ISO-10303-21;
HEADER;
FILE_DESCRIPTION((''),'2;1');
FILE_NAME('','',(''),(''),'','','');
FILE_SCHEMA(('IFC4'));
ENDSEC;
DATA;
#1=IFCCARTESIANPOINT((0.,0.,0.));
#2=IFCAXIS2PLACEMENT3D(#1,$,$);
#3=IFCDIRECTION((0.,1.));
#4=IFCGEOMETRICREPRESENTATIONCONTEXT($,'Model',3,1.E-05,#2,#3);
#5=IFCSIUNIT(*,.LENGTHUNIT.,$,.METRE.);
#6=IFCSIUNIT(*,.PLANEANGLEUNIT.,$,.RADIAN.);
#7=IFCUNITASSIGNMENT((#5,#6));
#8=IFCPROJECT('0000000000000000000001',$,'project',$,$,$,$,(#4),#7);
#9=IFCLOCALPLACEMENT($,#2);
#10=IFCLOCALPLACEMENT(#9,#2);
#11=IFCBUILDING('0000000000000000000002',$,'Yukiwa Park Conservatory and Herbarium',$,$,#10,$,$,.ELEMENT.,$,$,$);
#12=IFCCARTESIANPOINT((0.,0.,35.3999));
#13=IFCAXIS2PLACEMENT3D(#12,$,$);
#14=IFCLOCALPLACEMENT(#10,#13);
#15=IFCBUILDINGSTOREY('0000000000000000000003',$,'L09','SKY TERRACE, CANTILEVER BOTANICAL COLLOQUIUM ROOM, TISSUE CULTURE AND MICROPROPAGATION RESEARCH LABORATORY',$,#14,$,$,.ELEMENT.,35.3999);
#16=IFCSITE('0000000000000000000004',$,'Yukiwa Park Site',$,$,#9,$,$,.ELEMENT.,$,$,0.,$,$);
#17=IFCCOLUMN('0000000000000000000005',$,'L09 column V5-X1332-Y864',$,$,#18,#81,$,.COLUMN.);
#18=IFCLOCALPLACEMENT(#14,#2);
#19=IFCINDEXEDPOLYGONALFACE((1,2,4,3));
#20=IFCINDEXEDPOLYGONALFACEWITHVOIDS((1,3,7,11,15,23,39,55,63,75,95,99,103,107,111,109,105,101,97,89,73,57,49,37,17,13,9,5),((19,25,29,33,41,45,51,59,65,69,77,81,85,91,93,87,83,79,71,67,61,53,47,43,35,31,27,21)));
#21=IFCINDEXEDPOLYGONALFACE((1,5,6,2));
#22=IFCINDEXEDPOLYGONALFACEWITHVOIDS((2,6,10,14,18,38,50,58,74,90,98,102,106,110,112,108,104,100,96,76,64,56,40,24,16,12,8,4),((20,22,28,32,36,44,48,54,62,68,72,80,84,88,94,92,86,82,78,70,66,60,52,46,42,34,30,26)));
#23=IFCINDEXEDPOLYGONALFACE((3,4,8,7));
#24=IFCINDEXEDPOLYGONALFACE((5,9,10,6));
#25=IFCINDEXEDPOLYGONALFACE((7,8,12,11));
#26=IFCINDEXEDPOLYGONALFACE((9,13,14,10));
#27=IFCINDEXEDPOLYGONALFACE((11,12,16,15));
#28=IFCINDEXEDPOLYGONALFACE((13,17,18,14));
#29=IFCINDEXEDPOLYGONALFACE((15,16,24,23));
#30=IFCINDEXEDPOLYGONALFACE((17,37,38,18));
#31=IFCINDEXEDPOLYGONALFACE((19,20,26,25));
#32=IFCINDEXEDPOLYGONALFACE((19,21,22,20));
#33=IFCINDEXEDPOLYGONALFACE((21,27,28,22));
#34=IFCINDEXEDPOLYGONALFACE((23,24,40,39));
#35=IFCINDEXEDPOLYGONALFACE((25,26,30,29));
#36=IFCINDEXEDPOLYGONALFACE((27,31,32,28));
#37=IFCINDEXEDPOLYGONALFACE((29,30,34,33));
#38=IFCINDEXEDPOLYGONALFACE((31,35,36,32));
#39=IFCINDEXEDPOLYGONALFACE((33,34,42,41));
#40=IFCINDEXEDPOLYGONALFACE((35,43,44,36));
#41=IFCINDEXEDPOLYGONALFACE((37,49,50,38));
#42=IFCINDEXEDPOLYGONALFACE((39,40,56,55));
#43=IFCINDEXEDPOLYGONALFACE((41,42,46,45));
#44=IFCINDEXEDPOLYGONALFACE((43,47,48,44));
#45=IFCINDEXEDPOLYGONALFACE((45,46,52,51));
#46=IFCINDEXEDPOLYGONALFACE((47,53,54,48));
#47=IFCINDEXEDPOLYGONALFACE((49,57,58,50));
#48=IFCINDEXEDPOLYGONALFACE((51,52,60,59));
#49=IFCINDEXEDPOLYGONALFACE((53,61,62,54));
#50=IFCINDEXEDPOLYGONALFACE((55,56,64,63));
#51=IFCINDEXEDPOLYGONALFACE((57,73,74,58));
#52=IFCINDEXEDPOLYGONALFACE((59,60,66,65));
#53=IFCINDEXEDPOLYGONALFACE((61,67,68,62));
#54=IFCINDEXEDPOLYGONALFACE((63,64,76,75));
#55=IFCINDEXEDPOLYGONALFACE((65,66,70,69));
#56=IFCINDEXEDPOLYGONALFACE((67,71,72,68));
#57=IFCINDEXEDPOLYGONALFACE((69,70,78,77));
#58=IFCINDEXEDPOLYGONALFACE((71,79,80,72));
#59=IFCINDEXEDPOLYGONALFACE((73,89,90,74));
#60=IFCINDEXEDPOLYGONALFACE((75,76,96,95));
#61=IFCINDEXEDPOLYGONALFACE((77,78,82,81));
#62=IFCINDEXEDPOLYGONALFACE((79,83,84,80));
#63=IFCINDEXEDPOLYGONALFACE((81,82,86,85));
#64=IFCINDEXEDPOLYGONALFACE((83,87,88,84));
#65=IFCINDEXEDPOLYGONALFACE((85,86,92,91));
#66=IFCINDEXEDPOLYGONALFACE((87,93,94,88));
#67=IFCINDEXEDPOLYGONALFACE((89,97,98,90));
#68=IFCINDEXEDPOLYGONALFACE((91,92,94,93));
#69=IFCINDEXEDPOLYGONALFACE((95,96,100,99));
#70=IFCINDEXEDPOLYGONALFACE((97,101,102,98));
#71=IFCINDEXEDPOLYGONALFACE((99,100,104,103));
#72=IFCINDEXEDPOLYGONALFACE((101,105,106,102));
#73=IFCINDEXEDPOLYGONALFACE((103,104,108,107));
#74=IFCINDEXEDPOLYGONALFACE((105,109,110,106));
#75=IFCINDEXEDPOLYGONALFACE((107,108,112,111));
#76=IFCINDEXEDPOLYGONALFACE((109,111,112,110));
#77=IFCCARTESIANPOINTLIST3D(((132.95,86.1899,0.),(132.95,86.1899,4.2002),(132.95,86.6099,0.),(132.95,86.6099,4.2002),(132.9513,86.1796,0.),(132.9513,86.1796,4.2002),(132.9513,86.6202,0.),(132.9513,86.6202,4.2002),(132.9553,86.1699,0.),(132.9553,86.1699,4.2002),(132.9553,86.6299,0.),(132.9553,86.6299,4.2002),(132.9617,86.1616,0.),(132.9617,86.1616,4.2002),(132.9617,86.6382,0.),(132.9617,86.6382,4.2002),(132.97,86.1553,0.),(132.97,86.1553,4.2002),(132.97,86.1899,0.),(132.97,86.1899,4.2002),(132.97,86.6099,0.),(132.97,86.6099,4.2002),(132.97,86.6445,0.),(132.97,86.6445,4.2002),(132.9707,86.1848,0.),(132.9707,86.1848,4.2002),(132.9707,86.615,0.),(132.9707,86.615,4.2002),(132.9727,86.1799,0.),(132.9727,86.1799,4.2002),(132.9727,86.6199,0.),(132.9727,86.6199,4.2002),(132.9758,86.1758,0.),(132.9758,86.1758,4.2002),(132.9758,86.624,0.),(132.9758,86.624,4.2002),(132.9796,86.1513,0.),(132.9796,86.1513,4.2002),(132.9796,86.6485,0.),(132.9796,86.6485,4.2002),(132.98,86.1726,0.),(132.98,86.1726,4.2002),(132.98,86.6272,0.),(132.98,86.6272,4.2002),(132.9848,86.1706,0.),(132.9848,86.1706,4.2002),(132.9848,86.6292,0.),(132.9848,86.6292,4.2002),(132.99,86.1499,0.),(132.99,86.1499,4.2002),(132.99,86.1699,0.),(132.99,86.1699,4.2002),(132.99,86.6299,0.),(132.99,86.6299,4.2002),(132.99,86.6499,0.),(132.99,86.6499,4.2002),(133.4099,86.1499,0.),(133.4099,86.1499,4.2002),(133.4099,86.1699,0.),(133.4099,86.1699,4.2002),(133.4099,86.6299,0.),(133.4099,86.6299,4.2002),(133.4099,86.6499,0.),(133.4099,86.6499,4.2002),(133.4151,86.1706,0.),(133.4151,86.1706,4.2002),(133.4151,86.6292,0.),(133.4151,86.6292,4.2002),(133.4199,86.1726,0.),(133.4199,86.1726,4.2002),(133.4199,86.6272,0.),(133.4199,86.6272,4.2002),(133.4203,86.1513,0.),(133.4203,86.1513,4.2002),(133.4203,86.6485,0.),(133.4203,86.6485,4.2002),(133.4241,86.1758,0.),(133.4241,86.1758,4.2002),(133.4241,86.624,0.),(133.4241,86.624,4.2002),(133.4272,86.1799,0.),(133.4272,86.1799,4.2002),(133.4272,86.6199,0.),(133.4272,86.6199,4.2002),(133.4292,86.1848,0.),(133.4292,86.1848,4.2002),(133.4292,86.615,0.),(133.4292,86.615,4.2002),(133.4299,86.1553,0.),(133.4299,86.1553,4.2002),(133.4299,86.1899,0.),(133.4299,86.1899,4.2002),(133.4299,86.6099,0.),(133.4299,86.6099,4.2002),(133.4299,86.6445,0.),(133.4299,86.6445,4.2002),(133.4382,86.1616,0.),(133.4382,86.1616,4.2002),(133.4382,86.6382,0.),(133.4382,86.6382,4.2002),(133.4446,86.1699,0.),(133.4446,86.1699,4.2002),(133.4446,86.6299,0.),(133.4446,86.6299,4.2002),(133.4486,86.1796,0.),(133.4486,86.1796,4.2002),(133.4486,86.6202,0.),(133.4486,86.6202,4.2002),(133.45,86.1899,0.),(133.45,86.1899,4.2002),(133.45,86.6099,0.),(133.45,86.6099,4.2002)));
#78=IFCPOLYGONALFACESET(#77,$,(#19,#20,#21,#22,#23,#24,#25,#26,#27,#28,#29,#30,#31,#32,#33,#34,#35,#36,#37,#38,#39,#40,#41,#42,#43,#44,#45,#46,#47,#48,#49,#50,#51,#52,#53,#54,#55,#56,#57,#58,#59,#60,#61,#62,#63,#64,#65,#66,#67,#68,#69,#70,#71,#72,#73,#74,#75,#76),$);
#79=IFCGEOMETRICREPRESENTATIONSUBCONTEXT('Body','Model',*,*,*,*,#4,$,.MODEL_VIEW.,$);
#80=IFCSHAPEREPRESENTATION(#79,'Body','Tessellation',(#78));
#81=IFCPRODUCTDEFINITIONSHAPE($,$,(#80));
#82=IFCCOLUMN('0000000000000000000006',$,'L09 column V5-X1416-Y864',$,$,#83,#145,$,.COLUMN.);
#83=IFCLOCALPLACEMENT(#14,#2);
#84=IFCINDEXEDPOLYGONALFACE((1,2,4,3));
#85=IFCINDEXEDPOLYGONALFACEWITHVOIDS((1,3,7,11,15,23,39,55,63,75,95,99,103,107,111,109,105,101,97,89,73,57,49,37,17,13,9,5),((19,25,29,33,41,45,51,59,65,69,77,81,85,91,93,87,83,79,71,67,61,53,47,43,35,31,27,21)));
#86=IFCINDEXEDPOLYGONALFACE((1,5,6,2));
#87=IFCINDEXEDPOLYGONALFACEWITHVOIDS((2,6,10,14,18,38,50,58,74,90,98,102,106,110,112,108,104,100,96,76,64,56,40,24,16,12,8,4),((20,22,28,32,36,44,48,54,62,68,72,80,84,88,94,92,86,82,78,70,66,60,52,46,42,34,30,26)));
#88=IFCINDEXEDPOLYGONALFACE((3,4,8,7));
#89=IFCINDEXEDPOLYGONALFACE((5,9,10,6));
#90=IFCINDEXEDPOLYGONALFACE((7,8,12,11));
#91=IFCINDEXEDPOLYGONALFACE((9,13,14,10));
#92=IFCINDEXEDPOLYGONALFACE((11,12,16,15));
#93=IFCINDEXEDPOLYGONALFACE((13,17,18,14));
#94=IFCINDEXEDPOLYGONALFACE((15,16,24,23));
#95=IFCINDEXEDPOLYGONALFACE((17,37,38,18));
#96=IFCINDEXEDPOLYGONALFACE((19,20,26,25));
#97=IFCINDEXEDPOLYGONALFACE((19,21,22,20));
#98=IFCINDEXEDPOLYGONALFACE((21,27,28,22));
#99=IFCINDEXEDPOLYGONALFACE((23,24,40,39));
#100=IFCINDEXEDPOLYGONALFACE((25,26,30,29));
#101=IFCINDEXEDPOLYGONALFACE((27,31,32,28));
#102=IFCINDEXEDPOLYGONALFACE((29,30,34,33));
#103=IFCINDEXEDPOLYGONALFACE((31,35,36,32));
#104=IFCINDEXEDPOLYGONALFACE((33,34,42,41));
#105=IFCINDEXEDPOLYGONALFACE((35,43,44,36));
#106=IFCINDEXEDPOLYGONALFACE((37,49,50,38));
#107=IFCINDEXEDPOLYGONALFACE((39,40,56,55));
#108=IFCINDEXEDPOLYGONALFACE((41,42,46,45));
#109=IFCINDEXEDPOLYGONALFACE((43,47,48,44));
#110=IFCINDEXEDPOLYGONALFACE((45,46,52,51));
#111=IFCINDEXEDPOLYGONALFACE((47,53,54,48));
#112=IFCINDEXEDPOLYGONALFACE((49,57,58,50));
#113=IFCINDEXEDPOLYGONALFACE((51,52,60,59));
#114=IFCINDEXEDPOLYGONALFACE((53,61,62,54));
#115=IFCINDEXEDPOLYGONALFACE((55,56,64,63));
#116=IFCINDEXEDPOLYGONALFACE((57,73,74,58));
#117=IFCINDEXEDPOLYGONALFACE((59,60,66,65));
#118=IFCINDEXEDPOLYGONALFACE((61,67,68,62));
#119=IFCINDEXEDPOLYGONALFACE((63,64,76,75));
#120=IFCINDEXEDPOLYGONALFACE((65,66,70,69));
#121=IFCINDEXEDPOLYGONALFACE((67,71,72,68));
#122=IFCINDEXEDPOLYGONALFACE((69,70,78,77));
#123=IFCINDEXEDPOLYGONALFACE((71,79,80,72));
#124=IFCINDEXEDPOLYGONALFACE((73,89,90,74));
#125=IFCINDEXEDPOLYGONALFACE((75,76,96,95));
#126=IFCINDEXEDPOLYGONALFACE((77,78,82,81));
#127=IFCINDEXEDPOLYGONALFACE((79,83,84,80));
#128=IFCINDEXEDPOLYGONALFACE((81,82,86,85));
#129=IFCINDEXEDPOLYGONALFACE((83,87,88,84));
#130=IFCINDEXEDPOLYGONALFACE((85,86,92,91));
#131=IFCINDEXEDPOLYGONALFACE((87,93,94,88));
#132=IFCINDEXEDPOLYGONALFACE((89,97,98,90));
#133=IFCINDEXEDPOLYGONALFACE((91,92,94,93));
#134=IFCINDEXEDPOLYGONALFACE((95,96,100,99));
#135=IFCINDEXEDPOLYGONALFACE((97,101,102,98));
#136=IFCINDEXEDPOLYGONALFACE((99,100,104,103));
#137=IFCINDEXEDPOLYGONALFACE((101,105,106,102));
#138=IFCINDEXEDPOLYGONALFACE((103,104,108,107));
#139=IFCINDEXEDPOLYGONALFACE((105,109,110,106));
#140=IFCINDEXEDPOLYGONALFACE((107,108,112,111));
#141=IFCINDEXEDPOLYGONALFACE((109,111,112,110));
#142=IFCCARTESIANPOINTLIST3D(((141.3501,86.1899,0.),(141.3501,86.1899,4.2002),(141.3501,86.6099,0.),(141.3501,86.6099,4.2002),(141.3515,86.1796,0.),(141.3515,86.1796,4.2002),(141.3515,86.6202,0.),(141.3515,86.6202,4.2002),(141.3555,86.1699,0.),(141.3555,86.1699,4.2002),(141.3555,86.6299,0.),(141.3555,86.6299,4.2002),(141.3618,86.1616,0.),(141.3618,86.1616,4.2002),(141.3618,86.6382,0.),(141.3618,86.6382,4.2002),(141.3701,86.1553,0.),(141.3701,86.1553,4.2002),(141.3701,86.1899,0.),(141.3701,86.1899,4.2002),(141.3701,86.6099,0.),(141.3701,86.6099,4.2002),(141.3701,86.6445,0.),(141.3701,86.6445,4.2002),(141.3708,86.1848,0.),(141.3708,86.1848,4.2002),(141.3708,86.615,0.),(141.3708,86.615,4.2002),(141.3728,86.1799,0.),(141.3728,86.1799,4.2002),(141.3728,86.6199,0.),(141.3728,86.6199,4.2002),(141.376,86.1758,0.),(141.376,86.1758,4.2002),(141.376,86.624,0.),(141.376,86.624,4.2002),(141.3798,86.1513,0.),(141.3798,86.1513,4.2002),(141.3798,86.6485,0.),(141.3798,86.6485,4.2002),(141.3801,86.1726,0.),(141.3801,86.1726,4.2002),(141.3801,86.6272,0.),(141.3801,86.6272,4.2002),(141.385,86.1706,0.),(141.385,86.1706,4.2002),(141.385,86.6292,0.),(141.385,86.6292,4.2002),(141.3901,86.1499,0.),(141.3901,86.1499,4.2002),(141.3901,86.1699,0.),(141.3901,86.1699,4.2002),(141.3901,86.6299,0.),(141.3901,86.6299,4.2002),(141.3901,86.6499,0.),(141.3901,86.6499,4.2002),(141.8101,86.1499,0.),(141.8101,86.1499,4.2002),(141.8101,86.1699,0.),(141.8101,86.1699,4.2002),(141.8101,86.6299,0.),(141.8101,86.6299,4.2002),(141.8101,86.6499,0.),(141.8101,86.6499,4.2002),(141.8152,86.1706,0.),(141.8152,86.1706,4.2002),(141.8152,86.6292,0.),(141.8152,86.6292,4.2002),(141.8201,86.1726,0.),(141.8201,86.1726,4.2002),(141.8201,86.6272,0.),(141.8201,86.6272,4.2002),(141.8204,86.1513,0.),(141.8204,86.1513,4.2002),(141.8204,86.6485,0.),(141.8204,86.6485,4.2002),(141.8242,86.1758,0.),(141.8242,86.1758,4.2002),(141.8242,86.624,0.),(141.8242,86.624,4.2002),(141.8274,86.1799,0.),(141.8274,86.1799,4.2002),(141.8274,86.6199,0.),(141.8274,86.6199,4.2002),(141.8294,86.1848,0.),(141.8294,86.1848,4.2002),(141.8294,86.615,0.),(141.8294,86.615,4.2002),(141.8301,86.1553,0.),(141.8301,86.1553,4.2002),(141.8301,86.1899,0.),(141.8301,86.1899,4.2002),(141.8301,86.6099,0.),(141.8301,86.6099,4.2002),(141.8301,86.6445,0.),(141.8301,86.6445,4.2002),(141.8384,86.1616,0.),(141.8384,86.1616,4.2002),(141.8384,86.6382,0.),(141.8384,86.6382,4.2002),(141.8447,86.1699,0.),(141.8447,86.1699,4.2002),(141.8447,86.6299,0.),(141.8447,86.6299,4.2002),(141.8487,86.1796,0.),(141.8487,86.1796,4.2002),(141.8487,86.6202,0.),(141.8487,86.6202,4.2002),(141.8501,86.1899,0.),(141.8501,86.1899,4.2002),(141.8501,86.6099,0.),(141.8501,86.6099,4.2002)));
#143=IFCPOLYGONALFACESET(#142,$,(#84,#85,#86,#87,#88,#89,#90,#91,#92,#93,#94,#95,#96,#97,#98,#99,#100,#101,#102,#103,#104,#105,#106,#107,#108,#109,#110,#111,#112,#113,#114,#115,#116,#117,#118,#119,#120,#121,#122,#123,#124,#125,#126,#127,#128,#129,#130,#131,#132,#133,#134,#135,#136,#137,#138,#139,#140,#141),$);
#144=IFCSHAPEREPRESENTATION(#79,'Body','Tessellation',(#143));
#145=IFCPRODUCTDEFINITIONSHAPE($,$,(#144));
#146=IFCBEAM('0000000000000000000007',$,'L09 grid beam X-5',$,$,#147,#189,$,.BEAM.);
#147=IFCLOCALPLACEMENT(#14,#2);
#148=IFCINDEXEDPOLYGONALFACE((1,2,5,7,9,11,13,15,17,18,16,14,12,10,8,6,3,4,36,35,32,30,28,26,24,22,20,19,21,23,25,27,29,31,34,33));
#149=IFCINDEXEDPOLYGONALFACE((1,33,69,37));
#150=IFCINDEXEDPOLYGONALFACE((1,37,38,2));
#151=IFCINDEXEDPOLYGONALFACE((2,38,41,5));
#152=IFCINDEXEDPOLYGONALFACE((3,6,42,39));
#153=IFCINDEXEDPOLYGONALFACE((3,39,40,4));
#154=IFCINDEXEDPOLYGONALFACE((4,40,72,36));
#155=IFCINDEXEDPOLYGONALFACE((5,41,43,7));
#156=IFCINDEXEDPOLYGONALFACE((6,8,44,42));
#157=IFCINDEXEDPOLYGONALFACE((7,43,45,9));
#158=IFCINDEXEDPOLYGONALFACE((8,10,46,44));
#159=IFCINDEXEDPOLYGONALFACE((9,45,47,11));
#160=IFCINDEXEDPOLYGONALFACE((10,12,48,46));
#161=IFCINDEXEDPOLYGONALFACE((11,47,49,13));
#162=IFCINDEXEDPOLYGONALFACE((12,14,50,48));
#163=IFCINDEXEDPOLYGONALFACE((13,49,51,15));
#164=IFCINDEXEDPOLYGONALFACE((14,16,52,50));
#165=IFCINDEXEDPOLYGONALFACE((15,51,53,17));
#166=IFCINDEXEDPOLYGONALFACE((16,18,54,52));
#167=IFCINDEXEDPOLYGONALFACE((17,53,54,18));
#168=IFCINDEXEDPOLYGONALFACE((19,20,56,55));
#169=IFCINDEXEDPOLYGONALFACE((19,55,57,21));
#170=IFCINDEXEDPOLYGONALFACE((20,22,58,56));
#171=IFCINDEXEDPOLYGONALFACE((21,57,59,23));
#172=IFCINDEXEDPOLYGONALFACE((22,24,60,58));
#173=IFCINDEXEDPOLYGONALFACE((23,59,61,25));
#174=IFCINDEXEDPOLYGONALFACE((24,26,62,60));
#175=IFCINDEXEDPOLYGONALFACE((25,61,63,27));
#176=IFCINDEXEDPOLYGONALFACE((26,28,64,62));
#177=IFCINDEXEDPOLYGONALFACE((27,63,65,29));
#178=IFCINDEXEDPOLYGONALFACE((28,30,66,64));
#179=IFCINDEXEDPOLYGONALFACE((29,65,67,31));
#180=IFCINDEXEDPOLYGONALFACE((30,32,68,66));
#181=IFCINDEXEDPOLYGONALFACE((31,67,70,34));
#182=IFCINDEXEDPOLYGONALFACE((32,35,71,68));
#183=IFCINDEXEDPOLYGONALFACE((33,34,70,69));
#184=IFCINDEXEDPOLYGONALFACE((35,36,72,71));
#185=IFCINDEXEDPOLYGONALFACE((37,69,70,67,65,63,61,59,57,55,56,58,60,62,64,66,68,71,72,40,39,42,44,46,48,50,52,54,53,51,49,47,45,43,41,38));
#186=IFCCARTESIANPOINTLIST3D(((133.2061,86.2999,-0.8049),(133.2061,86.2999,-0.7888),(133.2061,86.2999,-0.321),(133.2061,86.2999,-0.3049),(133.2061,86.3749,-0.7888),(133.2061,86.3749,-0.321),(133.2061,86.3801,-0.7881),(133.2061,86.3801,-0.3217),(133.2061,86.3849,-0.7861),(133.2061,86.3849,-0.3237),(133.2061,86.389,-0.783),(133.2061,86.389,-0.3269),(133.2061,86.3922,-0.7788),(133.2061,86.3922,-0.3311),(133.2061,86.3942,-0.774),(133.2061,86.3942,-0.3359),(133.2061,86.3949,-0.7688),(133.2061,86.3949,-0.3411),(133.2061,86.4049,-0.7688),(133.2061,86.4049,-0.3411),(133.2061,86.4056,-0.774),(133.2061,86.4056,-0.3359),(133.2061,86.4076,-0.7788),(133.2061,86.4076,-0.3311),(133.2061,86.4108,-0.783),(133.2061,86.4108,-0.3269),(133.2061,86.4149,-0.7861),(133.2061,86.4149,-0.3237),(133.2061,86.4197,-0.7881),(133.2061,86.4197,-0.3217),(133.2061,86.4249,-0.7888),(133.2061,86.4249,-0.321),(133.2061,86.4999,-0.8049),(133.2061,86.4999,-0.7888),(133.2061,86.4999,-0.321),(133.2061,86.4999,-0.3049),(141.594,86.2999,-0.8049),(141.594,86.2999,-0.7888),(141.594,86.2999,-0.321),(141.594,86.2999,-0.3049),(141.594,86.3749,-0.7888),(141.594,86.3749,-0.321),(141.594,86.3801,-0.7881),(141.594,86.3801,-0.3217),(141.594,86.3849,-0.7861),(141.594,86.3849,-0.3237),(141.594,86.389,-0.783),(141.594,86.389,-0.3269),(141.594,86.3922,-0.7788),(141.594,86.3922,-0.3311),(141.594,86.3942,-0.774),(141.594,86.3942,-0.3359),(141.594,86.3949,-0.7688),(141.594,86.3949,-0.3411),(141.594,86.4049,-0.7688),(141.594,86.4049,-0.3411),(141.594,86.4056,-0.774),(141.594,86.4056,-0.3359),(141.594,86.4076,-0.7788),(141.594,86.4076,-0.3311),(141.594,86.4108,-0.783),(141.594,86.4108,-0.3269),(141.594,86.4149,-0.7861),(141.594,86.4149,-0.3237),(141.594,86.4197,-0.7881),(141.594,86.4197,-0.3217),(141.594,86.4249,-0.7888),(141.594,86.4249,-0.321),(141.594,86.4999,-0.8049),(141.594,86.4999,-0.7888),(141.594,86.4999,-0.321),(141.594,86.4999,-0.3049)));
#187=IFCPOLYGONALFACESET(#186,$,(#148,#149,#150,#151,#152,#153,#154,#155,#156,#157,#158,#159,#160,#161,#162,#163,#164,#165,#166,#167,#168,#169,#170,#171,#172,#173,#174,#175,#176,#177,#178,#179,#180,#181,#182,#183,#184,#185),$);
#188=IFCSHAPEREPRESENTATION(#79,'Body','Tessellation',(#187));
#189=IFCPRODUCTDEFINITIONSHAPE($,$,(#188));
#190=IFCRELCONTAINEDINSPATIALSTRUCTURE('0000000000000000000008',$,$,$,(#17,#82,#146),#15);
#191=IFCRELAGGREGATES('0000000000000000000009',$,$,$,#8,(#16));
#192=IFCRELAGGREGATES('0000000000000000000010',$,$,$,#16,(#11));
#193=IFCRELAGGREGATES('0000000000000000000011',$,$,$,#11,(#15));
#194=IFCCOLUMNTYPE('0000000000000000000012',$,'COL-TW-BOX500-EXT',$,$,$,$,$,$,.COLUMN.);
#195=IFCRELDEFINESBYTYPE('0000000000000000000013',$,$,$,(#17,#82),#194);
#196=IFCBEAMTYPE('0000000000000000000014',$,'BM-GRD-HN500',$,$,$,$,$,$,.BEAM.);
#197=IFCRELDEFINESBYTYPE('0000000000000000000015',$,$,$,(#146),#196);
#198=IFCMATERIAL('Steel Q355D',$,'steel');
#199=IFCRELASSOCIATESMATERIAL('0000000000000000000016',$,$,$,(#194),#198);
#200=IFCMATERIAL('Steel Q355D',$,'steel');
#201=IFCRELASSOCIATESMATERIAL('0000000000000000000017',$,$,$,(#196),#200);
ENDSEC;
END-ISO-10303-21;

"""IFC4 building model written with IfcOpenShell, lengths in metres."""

from ifc_helpers import new_model, si_unit, direction, frame, origin, origin_2d, place, context, subcontext, project, spatial, hollow_rectangle, i_section, extrude, material, material_profile, profile_set, type_object, element, save


model = new_model("IFC4")

# Units and contexts
model_context = context("Model", 3, precision=1e-05, world=origin(), true_north=direction((0.0, 1.0)))
body_context = subcontext(model_context, "Body", "Model", "MODEL_VIEW")
ifc_project = project(units=[si_unit("LENGTHUNIT", "METRE"), si_unit("PLANEANGLEUNIT", "RADIAN")], contexts=[model_context])

# Site, building, storey
site_placement = place(None, origin())
site = spatial("IfcSite", under=ifc_project, at=site_placement, Name="Yukiwa Park Site", CompositionType="ELEMENT", RefElevation=0.0)
building_placement = place(site_placement, origin())
building = spatial("IfcBuilding", under=site, at=building_placement, Name="Yukiwa Park Conservatory and Herbarium", CompositionType="ELEMENT")
storey_placement = place(building_placement, frame((0.0, 0.0, 35.3999)))
storey = spatial("IfcBuildingStorey", under=building, at=storey_placement, Name="L09", Description="SKY TERRACE, CANTILEVER BOTANICAL COLLOQUIUM ROOM, TISSUE CULTURE AND MICROPROPAGATION RESEARCH LABORATORY", CompositionType="ELEMENT", Elevation=35.3999)

# Columns
ifc_material_1 = material(Name="Steel Q355D", Category="steel")
ifc_material_profile_1 = material_profile(ifc_material_1, hollow_rectangle(XDim=0.5, YDim=0.5, WallThickness=0.02, InnerFilletRadius=0.02, OuterFilletRadius=0.04, at=origin_2d()), Name="BOX 500x500x20")
ifc_profile_set_1 = profile_set([ifc_material_profile_1], Name="Steel Q355D")
column_type = type_object("IfcColumnType", Name="COL-TW-BOX500-EXT", PredefinedType="COLUMN", material=ifc_profile_set_1)
for number, where, z_axis, x_axis, name in (
    (1, (133.2, 86.3999, 0.0), (0.0, 0.0, 1.0), (1.0, 0.0, 0.0), "L09 column V5-X1332-Y864"),
    (2, (141.6001, 86.3999, 0.0), (0.0, 0.0, 1.0), (1.0, 0.0, 0.0), "L09 column V5-X1416-Y864"),
):
    element("IfcColumn", number, at=place(storey_placement, frame(where, z_axis=z_axis, x_axis=x_axis)), inside=storey, type_object=column_type, Name=name, PredefinedType="COLUMN", context=body_context, shape_type="SweptSolid", body=[
        extrude(hollow_rectangle(XDim=0.5, YDim=0.5, WallThickness=0.02, InnerFilletRadius=0.02, OuterFilletRadius=0.04, at=origin_2d()), origin(), (0.0, 0.0, 1.0), 4.2002),
    ])

# Beam
ifc_material_2 = material(Name="Steel Q355D", Category="steel")
ifc_material_profile_2 = material_profile(ifc_material_2, i_section(OverallWidth=0.2, OverallDepth=0.5, WebThickness=0.01, FlangeThickness=0.0161, FilletRadius=0.02, at=origin_2d()), Name="HN 500x200x10x16")
ifc_profile_set_2 = profile_set([ifc_material_profile_2], Name="Steel Q355D")
beam_type = type_object("IfcBeamType", Name="BM-GRD-HN500", PredefinedType="BEAM", material=ifc_profile_set_2)
for number, where, z_axis, x_axis, name in (
    (3, (133.2061, 86.3999, -0.5549), (1.0, 0.0, 0.0), (0.0, 1.0, 0.0), "L09 grid beam X-5"),
):
    element("IfcBeam", number, at=place(storey_placement, frame(where, z_axis=z_axis, x_axis=x_axis)), inside=storey, type_object=beam_type, Name=name, PredefinedType="BEAM", context=body_context, shape_type="SweptSolid", body=[
        extrude(i_section(OverallWidth=0.2, OverallDepth=0.5, WebThickness=0.01, FlangeThickness=0.0161, FilletRadius=0.02, at=origin_2d()), origin(), (0.0, 0.0, 1.0), 8.3879),
    ])

save(model, "model.ifc")
